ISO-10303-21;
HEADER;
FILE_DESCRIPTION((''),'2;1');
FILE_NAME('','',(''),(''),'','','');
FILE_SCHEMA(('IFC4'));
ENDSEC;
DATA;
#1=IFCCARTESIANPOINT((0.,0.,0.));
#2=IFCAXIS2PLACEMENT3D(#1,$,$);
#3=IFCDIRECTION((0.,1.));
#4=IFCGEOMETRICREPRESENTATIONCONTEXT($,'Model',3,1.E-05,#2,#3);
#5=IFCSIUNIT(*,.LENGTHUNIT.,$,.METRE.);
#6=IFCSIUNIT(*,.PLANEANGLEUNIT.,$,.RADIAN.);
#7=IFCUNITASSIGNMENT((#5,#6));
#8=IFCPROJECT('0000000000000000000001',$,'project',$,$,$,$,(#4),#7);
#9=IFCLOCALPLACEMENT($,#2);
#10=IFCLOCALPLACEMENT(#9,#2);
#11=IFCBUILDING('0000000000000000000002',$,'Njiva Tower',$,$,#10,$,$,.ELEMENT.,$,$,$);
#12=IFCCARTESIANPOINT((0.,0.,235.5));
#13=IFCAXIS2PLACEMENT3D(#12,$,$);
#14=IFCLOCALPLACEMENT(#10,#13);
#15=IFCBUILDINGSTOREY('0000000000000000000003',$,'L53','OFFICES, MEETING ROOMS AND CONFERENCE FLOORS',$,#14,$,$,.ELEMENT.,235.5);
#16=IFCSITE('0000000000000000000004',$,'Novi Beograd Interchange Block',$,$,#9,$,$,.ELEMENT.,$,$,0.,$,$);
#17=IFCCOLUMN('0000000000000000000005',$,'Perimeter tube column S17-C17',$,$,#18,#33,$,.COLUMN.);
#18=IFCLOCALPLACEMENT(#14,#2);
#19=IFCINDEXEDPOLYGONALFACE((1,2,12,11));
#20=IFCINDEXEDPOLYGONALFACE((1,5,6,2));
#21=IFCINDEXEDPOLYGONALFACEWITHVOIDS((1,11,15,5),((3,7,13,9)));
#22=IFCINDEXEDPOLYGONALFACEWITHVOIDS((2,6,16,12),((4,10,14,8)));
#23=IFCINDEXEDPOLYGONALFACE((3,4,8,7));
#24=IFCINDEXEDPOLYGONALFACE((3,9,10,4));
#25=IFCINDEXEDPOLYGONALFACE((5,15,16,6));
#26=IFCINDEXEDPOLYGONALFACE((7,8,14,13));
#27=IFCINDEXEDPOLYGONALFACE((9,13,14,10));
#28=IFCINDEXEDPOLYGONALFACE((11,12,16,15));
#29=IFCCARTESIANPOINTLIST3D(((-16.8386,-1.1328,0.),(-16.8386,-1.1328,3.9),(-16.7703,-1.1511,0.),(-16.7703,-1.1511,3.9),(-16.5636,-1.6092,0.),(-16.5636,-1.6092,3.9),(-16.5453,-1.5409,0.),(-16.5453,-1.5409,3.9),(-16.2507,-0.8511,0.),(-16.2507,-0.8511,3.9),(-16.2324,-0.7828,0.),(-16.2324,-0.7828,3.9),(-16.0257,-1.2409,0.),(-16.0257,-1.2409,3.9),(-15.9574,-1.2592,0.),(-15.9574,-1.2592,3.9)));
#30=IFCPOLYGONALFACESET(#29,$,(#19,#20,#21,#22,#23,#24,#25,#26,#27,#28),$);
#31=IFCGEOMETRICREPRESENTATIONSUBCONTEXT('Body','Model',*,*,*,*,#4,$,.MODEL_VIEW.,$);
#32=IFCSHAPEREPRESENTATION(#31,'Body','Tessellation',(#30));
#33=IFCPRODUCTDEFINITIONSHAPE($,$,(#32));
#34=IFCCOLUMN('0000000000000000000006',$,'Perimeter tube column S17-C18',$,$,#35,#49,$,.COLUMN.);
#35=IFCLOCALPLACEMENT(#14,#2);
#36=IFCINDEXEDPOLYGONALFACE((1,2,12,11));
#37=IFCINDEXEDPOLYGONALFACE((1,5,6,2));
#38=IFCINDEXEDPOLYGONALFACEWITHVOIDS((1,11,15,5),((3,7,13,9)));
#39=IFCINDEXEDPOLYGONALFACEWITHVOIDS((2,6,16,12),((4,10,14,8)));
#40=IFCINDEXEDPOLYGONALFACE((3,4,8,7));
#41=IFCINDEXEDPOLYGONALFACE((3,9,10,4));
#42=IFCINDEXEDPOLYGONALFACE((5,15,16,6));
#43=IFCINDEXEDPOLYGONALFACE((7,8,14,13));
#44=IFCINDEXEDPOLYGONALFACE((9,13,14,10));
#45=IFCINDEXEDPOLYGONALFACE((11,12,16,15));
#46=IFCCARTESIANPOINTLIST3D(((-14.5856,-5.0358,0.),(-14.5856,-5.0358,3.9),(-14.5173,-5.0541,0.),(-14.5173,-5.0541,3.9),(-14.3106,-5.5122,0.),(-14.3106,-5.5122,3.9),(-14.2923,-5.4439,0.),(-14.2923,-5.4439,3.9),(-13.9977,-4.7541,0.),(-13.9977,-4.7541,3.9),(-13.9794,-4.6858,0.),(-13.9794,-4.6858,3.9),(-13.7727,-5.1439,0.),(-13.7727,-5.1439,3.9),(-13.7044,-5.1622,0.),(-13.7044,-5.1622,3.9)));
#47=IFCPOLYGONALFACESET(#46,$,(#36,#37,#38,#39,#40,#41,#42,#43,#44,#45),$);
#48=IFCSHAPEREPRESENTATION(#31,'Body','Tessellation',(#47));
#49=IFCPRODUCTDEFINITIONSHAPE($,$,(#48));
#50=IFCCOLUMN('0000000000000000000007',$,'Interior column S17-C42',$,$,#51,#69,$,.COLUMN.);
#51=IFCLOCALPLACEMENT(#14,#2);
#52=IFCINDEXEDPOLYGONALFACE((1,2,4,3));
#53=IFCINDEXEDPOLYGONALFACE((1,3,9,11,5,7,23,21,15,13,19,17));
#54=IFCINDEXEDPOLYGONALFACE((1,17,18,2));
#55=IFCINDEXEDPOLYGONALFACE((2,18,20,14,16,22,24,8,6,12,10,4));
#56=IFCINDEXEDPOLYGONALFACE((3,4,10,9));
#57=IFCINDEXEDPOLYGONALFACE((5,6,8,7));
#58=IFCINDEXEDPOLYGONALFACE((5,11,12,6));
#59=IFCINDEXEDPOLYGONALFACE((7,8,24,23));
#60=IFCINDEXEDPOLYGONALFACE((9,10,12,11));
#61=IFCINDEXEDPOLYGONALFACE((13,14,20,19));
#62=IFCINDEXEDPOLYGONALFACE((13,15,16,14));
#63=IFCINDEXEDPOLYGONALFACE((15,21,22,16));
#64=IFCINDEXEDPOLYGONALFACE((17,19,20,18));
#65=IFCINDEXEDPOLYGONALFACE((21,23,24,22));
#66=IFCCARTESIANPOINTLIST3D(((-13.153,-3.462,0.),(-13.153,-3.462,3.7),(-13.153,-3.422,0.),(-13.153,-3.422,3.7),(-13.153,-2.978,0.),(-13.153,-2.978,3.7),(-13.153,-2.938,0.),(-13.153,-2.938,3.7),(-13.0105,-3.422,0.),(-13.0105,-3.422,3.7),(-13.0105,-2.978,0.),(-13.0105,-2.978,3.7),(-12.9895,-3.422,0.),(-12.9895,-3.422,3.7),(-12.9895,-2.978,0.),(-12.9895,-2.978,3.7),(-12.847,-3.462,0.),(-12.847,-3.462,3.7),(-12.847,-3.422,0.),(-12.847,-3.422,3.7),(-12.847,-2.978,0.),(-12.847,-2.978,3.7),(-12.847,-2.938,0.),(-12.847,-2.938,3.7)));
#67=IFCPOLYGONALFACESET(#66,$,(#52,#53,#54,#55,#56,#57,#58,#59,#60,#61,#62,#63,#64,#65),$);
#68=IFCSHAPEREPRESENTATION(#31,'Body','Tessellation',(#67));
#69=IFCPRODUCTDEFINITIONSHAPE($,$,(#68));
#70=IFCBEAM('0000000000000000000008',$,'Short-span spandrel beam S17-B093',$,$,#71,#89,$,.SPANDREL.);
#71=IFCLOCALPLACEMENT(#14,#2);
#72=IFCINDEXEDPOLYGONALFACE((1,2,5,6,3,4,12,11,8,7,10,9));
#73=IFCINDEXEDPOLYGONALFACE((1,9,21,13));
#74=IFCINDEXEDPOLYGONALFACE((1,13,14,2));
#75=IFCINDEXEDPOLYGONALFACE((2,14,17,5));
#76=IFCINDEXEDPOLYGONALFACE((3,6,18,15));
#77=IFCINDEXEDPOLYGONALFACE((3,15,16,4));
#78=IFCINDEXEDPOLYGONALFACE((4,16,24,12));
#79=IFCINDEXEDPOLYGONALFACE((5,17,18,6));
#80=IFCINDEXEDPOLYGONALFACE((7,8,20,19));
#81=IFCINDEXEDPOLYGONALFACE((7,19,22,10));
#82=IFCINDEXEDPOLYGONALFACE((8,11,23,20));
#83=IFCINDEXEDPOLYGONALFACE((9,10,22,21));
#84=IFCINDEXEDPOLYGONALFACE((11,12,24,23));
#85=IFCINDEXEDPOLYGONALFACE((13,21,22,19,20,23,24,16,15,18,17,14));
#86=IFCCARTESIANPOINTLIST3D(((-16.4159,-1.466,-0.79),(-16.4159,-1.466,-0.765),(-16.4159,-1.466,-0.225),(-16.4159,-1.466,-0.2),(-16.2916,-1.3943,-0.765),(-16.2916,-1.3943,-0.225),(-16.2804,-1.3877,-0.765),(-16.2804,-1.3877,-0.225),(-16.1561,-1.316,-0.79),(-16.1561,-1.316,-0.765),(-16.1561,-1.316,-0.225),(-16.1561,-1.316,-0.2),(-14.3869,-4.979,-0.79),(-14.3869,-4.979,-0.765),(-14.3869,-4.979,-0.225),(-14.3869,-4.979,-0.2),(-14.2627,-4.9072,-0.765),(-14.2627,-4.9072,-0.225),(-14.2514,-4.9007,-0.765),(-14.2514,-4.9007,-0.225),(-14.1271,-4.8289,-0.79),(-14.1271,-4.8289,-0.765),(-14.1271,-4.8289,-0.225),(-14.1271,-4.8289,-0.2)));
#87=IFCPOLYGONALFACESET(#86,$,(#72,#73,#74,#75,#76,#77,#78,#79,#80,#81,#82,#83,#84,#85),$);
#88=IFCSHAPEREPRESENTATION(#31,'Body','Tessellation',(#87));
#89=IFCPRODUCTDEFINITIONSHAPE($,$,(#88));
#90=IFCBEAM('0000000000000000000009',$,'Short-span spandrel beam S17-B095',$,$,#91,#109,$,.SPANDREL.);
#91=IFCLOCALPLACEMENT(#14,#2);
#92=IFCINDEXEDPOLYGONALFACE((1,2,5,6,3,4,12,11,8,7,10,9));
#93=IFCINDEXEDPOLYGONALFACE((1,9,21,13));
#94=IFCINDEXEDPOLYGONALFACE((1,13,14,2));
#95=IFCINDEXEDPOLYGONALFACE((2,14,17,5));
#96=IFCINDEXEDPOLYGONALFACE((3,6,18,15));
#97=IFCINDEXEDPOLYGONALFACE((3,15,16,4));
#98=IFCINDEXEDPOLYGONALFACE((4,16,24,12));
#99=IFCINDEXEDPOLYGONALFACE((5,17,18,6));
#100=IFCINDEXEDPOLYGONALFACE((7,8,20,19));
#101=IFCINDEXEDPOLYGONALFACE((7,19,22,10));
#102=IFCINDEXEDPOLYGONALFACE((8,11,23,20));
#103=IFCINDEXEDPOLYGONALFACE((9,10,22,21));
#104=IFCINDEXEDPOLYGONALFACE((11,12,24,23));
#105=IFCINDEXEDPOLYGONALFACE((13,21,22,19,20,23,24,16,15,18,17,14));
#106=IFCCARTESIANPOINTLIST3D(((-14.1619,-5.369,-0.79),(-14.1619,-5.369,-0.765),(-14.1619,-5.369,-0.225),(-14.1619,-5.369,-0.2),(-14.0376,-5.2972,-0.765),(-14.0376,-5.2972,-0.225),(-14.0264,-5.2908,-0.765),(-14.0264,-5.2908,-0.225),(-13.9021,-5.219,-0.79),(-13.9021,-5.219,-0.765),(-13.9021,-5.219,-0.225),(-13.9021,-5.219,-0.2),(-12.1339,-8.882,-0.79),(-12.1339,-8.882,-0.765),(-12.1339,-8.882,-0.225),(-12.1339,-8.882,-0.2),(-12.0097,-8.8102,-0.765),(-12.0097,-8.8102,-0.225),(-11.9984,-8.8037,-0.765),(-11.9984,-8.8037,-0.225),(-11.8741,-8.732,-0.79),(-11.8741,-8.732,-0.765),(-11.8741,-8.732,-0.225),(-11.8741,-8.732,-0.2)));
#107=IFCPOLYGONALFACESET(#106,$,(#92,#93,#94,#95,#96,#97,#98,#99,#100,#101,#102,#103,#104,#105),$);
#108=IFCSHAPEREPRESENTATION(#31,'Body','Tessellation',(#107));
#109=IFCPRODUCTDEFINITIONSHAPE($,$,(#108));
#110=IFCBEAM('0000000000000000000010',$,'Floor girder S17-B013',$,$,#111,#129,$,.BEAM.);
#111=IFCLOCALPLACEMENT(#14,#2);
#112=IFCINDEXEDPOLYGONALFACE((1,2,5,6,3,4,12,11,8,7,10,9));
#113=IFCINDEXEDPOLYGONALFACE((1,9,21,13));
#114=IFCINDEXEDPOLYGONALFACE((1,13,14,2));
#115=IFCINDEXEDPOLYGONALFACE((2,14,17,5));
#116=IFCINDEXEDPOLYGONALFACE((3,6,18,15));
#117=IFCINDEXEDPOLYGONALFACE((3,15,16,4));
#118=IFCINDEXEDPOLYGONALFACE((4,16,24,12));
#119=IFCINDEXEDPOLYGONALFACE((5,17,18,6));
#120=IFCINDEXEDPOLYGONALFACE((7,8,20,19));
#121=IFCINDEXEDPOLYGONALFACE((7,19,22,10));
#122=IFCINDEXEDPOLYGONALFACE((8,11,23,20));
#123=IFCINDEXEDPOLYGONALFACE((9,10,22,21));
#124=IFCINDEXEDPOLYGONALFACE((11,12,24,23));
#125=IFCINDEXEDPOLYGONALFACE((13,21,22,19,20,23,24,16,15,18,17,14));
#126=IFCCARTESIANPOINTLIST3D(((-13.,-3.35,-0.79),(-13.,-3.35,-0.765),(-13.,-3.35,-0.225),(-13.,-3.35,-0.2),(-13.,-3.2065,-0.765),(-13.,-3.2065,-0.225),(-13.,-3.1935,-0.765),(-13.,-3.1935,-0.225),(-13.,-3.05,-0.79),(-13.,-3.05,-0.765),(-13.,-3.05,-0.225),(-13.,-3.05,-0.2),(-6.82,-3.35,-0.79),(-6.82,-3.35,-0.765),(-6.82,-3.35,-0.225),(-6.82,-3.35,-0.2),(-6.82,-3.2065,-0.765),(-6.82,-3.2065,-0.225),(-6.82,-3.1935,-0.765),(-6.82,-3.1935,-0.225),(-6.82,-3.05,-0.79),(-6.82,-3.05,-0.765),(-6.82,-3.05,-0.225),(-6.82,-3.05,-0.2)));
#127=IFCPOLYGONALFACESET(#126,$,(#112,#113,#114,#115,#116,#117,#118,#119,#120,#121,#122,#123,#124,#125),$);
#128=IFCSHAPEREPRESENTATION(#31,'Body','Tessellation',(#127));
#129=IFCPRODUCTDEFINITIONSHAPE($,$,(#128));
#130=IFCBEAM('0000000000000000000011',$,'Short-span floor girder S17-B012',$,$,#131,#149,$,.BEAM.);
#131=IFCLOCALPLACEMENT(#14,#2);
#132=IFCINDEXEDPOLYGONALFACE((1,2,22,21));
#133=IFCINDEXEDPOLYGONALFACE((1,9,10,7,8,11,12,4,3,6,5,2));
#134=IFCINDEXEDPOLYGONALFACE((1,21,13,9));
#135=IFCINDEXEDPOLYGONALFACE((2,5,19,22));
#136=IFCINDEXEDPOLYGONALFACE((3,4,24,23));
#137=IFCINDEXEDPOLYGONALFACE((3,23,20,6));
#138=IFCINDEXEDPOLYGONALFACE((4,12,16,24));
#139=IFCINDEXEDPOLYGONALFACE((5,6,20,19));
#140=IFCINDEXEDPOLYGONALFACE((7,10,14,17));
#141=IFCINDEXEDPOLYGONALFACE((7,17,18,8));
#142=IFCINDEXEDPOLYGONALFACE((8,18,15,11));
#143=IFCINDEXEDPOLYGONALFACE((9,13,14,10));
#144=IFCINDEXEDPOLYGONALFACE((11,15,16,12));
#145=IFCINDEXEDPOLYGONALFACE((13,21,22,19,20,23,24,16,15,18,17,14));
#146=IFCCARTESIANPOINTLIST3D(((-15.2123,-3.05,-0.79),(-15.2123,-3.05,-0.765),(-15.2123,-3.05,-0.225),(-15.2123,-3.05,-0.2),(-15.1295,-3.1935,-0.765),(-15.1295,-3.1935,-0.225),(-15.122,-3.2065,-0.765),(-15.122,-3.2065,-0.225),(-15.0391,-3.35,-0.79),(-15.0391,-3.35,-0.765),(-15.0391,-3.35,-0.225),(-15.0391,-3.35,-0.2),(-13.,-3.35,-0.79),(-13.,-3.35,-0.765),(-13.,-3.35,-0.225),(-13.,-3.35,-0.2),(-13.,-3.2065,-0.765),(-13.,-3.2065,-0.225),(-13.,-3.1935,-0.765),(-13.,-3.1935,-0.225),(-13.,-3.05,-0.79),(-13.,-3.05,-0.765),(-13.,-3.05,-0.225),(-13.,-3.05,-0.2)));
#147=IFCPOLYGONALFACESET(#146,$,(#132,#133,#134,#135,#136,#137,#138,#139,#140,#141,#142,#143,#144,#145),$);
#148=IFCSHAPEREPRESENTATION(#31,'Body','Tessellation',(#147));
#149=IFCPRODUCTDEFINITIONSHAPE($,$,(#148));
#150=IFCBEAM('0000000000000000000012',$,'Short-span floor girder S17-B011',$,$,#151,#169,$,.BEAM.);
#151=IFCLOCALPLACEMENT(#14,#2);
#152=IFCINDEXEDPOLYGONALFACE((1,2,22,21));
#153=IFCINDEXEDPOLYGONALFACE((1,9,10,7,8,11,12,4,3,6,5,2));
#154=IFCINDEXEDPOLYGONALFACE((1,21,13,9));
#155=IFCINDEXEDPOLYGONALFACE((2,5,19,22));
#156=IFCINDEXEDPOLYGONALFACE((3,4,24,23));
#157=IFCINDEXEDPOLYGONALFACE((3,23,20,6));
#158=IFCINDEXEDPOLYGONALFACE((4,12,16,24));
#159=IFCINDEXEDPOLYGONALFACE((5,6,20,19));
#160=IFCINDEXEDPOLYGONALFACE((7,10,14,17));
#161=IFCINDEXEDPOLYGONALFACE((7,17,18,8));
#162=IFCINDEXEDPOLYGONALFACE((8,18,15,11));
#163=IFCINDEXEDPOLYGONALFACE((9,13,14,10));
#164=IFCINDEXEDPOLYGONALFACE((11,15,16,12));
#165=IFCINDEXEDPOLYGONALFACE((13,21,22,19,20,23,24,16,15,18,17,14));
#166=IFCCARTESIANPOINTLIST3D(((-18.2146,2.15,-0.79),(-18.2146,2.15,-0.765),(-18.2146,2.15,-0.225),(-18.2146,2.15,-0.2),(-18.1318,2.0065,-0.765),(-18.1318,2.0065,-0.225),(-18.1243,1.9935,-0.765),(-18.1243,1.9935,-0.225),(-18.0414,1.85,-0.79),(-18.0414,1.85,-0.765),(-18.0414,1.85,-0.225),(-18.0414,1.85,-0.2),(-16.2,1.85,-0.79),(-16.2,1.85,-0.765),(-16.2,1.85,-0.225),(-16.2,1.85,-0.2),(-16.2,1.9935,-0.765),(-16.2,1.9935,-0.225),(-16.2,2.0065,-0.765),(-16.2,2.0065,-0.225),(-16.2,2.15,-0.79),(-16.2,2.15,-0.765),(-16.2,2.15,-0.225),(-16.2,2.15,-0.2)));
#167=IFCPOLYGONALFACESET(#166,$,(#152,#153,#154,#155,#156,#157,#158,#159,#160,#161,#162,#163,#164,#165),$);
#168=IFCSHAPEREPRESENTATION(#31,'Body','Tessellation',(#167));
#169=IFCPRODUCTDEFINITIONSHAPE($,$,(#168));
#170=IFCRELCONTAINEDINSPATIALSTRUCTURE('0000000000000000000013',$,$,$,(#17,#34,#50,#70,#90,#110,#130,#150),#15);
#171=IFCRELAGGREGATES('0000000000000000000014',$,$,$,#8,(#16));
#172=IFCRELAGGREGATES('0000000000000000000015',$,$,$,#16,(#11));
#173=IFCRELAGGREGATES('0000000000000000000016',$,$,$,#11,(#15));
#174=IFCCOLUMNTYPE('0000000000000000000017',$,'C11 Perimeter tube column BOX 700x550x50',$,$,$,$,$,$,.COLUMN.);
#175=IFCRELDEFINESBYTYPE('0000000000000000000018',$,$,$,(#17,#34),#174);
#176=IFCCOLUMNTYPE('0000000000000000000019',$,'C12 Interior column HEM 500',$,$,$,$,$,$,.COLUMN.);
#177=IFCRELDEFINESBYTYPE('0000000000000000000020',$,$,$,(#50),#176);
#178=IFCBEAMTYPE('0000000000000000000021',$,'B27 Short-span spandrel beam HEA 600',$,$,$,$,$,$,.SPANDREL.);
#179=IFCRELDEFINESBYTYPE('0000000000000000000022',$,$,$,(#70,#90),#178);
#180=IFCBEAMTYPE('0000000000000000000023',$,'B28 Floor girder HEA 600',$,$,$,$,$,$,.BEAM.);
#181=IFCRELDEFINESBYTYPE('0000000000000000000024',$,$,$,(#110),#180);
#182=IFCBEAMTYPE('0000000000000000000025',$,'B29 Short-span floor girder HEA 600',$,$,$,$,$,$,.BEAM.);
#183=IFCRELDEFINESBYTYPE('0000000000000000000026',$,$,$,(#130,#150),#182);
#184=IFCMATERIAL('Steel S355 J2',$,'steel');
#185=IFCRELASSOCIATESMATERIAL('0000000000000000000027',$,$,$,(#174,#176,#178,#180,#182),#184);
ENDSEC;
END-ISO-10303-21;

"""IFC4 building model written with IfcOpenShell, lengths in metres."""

from ifc_helpers import new_model, si_unit, direction, frame, origin, origin_2d, place, context, subcontext, project, spatial, hollow_rectangle, i_section, extrude, clip, halfspace, material, material_profile, profile_set, type_object, element, save


model = new_model("IFC4")

# Units and contexts
model_context = context("Model", 3, precision=1e-05, world=origin(), true_north=direction((0.0, 1.0)))
body_context = subcontext(model_context, "Body", "Model", "MODEL_VIEW")
ifc_project = project(units=[si_unit("LENGTHUNIT", "METRE"), si_unit("PLANEANGLEUNIT", "RADIAN")], contexts=[model_context])

# Site, building, storey
site_placement = place(None, origin())
site = spatial("IfcSite", under=ifc_project, at=site_placement, Name="Novi Beograd Interchange Block", CompositionType="ELEMENT", RefElevation=0.0)
building_placement = place(site_placement, origin())
building = spatial("IfcBuilding", under=site, at=building_placement, Name="Njiva Tower", CompositionType="ELEMENT")
storey_placement = place(building_placement, frame((0.0, 0.0, 235.5)))
storey = spatial("IfcBuildingStorey", under=building, at=storey_placement, Name="L53", Description="OFFICES, MEETING ROOMS AND CONFERENCE FLOORS", CompositionType="ELEMENT", Elevation=235.5)

# Columns
ifc_material_1 = material(Name="Steel S355 J2", Category="steel")
ifc_material_profile_1 = material_profile(ifc_material_1, hollow_rectangle(XDim=0.55, YDim=0.7, WallThickness=0.05, at=origin_2d()), Name="BOX 700x550x50")
ifc_profile_set_1 = profile_set([ifc_material_profile_1], Name="Steel S355 J2")
column_type_1 = type_object("IfcColumnType", Name="C11 Perimeter tube column BOX 700x550x50", PredefinedType="COLUMN", material=ifc_profile_set_1)
for number, where, z_axis, x_axis, name in (
    (1, (-16.398, -1.196, 0.0), (0.0, 0.0, 1.0), (0.5, -0.866025, 0.0), "Perimeter tube column S17-C17"),
    (2, (-14.145, -5.099, 0.0), (0.0, 0.0, 1.0), (0.5, -0.866025, 0.0), "Perimeter tube column S17-C18"),
):
    element("IfcColumn", number, at=place(storey_placement, frame(where, z_axis=z_axis, x_axis=x_axis)), inside=storey, type_object=column_type_1, Name=name, PredefinedType="COLUMN", context=body_context, shape_type="SweptSolid", body=[
        extrude(hollow_rectangle(XDim=0.55, YDim=0.7, WallThickness=0.05, at=origin_2d()), origin(), (0.0, 0.0, 1.0), 3.9),
    ])
ifc_material_profile_2 = material_profile(ifc_material_1, i_section(OverallWidth=0.306, OverallDepth=0.524, WebThickness=0.021, FlangeThickness=0.04, at=origin_2d()), Name="HEM 500")
ifc_profile_set_2 = profile_set([ifc_material_profile_2], Name="Steel S355 J2")
column_type_2 = type_object("IfcColumnType", Name="C12 Interior column HEM 500", PredefinedType="COLUMN", material=ifc_profile_set_2)
column_placement = place(storey_placement, frame((-13.0, -3.2, 0.0), z_axis=(0.0, 0.0, 1.0), x_axis=(1.0, 0.0, 0.0)))
element("IfcColumn", 3, at=column_placement, inside=storey, type_object=column_type_2, Name="Interior column S17-C42", PredefinedType="COLUMN", context=body_context, shape_type="SweptSolid", body=[
    extrude(i_section(OverallWidth=0.306, OverallDepth=0.524, WebThickness=0.021, FlangeThickness=0.04, at=origin_2d()), origin(), (0.0, 0.0, 1.0), 3.7),
])

# Beams
ifc_material_profile_3 = material_profile(ifc_material_1, i_section(OverallWidth=0.3, OverallDepth=0.59, WebThickness=0.013, FlangeThickness=0.025, at=origin_2d()), Name="HEA 600")
ifc_profile_set_3 = profile_set([ifc_material_profile_3], Name="Steel S355 J2")
beam_type_1 = type_object("IfcBeamType", Name="B27 Short-span spandrel beam HEA 600", PredefinedType="SPANDREL", material=ifc_profile_set_3)
beam_1_placement = place(storey_placement, frame((-16.286, -1.391, -0.495), z_axis=(0.500142, -0.865943, 0.0), x_axis=(0.865943, 0.500142, 0.0)))
element("IfcBeam", 4, at=beam_1_placement, inside=storey, type_object=beam_type_1, Name="Short-span spandrel beam S17-B093", PredefinedType="SPANDREL", context=body_context, shape_type="SweptSolid", body=[
    extrude(i_section(OverallWidth=0.3, OverallDepth=0.59, WebThickness=0.013, FlangeThickness=0.025, at=origin_2d()), origin(), (0.0, 0.0, 1.0), 4.0568),
])
beam_2_placement = place(storey_placement, frame((-14.032, -5.294, -0.495), z_axis=(0.499957, -0.86605, 0.0), x_axis=(0.86605, 0.499957, 0.0)))
element("IfcBeam", 5, at=beam_2_placement, inside=storey, type_object=beam_type_1, Name="Short-span spandrel beam S17-B095", PredefinedType="SPANDREL", context=body_context, shape_type="SweptSolid", body=[
    extrude(i_section(OverallWidth=0.3, OverallDepth=0.59, WebThickness=0.013, FlangeThickness=0.025, at=origin_2d()), origin(), (0.0, 0.0, 1.0), 4.0563),
])
ifc_material_profile_4 = material_profile(ifc_material_1, i_section(OverallWidth=0.3, OverallDepth=0.59, WebThickness=0.013, FlangeThickness=0.025, at=origin_2d()), Name="HEA 600")
ifc_profile_set_4 = profile_set([ifc_material_profile_4], Name="Steel S355 J2")
beam_type_2 = type_object("IfcBeamType", Name="B28 Floor girder HEA 600", PredefinedType="BEAM", material=ifc_profile_set_4)
beam_3_placement = place(storey_placement, frame((-13.0, -3.2, -0.495), z_axis=(1.0, 0.0, 0.0), x_axis=(0.0, 1.0, 0.0)))
element("IfcBeam", 6, at=beam_3_placement, inside=storey, type_object=beam_type_2, Name="Floor girder S17-B013", PredefinedType="BEAM", context=body_context, shape_type="SweptSolid", body=[
    extrude(i_section(OverallWidth=0.3, OverallDepth=0.59, WebThickness=0.013, FlangeThickness=0.025, at=origin_2d()), origin(), (0.0, 0.0, 1.0), 6.18),
])
ifc_material_profile_5 = material_profile(ifc_material_1, i_section(OverallWidth=0.3, OverallDepth=0.59, WebThickness=0.013, FlangeThickness=0.025, at=origin_2d()), Name="HEA 600")
ifc_profile_set_5 = profile_set([ifc_material_profile_5], Name="Steel S355 J2")
beam_type_3 = type_object("IfcBeamType", Name="B29 Short-span floor girder HEA 600", PredefinedType="BEAM", material=ifc_profile_set_5)
beam_4_placement = place(storey_placement, frame((-15.233, -3.2, -0.495), z_axis=(1.0, 0.0, 0.0), x_axis=(0.0, 1.0, 0.0)))
element("IfcBeam", 7, at=beam_4_placement, inside=storey, type_object=beam_type_3, Name="Short-span floor girder S17-B012", PredefinedType="BEAM", context=body_context, shape_type="Clipping", body=[
    clip(extrude(i_section(OverallWidth=0.3, OverallDepth=0.59, WebThickness=0.013, FlangeThickness=0.025, at=origin_2d()), origin(), (0.0, 0.0, 1.0), 2.233), halfspace(frame((-0.025, 0.0, 0.1217), z_axis=(-0.499998, 0.0, -0.866027), x_axis=(0.0, -1.0, 0.0)), False)),
])
beam_5_placement = place(storey_placement, frame((-18.235, 2.0, -0.495), z_axis=(1.0, 0.0, 0.0), x_axis=(0.0, 1.0, 0.0)))
element("IfcBeam", 8, at=beam_5_placement, inside=storey, type_object=beam_type_3, Name="Short-span floor girder S17-B011", PredefinedType="BEAM", context=body_context, shape_type="Clipping", body=[
    clip(extrude(i_section(OverallWidth=0.3, OverallDepth=0.59, WebThickness=0.013, FlangeThickness=0.025, at=origin_2d()), origin(), (0.0, 0.0, 1.0), 2.035), halfspace(frame((-0.025, 0.0, 0.1214), z_axis=(-0.499998, 0.0, -0.866027), x_axis=(0.0, -1.0, 0.0)), False)),
])

save(model, "model.ifc")
